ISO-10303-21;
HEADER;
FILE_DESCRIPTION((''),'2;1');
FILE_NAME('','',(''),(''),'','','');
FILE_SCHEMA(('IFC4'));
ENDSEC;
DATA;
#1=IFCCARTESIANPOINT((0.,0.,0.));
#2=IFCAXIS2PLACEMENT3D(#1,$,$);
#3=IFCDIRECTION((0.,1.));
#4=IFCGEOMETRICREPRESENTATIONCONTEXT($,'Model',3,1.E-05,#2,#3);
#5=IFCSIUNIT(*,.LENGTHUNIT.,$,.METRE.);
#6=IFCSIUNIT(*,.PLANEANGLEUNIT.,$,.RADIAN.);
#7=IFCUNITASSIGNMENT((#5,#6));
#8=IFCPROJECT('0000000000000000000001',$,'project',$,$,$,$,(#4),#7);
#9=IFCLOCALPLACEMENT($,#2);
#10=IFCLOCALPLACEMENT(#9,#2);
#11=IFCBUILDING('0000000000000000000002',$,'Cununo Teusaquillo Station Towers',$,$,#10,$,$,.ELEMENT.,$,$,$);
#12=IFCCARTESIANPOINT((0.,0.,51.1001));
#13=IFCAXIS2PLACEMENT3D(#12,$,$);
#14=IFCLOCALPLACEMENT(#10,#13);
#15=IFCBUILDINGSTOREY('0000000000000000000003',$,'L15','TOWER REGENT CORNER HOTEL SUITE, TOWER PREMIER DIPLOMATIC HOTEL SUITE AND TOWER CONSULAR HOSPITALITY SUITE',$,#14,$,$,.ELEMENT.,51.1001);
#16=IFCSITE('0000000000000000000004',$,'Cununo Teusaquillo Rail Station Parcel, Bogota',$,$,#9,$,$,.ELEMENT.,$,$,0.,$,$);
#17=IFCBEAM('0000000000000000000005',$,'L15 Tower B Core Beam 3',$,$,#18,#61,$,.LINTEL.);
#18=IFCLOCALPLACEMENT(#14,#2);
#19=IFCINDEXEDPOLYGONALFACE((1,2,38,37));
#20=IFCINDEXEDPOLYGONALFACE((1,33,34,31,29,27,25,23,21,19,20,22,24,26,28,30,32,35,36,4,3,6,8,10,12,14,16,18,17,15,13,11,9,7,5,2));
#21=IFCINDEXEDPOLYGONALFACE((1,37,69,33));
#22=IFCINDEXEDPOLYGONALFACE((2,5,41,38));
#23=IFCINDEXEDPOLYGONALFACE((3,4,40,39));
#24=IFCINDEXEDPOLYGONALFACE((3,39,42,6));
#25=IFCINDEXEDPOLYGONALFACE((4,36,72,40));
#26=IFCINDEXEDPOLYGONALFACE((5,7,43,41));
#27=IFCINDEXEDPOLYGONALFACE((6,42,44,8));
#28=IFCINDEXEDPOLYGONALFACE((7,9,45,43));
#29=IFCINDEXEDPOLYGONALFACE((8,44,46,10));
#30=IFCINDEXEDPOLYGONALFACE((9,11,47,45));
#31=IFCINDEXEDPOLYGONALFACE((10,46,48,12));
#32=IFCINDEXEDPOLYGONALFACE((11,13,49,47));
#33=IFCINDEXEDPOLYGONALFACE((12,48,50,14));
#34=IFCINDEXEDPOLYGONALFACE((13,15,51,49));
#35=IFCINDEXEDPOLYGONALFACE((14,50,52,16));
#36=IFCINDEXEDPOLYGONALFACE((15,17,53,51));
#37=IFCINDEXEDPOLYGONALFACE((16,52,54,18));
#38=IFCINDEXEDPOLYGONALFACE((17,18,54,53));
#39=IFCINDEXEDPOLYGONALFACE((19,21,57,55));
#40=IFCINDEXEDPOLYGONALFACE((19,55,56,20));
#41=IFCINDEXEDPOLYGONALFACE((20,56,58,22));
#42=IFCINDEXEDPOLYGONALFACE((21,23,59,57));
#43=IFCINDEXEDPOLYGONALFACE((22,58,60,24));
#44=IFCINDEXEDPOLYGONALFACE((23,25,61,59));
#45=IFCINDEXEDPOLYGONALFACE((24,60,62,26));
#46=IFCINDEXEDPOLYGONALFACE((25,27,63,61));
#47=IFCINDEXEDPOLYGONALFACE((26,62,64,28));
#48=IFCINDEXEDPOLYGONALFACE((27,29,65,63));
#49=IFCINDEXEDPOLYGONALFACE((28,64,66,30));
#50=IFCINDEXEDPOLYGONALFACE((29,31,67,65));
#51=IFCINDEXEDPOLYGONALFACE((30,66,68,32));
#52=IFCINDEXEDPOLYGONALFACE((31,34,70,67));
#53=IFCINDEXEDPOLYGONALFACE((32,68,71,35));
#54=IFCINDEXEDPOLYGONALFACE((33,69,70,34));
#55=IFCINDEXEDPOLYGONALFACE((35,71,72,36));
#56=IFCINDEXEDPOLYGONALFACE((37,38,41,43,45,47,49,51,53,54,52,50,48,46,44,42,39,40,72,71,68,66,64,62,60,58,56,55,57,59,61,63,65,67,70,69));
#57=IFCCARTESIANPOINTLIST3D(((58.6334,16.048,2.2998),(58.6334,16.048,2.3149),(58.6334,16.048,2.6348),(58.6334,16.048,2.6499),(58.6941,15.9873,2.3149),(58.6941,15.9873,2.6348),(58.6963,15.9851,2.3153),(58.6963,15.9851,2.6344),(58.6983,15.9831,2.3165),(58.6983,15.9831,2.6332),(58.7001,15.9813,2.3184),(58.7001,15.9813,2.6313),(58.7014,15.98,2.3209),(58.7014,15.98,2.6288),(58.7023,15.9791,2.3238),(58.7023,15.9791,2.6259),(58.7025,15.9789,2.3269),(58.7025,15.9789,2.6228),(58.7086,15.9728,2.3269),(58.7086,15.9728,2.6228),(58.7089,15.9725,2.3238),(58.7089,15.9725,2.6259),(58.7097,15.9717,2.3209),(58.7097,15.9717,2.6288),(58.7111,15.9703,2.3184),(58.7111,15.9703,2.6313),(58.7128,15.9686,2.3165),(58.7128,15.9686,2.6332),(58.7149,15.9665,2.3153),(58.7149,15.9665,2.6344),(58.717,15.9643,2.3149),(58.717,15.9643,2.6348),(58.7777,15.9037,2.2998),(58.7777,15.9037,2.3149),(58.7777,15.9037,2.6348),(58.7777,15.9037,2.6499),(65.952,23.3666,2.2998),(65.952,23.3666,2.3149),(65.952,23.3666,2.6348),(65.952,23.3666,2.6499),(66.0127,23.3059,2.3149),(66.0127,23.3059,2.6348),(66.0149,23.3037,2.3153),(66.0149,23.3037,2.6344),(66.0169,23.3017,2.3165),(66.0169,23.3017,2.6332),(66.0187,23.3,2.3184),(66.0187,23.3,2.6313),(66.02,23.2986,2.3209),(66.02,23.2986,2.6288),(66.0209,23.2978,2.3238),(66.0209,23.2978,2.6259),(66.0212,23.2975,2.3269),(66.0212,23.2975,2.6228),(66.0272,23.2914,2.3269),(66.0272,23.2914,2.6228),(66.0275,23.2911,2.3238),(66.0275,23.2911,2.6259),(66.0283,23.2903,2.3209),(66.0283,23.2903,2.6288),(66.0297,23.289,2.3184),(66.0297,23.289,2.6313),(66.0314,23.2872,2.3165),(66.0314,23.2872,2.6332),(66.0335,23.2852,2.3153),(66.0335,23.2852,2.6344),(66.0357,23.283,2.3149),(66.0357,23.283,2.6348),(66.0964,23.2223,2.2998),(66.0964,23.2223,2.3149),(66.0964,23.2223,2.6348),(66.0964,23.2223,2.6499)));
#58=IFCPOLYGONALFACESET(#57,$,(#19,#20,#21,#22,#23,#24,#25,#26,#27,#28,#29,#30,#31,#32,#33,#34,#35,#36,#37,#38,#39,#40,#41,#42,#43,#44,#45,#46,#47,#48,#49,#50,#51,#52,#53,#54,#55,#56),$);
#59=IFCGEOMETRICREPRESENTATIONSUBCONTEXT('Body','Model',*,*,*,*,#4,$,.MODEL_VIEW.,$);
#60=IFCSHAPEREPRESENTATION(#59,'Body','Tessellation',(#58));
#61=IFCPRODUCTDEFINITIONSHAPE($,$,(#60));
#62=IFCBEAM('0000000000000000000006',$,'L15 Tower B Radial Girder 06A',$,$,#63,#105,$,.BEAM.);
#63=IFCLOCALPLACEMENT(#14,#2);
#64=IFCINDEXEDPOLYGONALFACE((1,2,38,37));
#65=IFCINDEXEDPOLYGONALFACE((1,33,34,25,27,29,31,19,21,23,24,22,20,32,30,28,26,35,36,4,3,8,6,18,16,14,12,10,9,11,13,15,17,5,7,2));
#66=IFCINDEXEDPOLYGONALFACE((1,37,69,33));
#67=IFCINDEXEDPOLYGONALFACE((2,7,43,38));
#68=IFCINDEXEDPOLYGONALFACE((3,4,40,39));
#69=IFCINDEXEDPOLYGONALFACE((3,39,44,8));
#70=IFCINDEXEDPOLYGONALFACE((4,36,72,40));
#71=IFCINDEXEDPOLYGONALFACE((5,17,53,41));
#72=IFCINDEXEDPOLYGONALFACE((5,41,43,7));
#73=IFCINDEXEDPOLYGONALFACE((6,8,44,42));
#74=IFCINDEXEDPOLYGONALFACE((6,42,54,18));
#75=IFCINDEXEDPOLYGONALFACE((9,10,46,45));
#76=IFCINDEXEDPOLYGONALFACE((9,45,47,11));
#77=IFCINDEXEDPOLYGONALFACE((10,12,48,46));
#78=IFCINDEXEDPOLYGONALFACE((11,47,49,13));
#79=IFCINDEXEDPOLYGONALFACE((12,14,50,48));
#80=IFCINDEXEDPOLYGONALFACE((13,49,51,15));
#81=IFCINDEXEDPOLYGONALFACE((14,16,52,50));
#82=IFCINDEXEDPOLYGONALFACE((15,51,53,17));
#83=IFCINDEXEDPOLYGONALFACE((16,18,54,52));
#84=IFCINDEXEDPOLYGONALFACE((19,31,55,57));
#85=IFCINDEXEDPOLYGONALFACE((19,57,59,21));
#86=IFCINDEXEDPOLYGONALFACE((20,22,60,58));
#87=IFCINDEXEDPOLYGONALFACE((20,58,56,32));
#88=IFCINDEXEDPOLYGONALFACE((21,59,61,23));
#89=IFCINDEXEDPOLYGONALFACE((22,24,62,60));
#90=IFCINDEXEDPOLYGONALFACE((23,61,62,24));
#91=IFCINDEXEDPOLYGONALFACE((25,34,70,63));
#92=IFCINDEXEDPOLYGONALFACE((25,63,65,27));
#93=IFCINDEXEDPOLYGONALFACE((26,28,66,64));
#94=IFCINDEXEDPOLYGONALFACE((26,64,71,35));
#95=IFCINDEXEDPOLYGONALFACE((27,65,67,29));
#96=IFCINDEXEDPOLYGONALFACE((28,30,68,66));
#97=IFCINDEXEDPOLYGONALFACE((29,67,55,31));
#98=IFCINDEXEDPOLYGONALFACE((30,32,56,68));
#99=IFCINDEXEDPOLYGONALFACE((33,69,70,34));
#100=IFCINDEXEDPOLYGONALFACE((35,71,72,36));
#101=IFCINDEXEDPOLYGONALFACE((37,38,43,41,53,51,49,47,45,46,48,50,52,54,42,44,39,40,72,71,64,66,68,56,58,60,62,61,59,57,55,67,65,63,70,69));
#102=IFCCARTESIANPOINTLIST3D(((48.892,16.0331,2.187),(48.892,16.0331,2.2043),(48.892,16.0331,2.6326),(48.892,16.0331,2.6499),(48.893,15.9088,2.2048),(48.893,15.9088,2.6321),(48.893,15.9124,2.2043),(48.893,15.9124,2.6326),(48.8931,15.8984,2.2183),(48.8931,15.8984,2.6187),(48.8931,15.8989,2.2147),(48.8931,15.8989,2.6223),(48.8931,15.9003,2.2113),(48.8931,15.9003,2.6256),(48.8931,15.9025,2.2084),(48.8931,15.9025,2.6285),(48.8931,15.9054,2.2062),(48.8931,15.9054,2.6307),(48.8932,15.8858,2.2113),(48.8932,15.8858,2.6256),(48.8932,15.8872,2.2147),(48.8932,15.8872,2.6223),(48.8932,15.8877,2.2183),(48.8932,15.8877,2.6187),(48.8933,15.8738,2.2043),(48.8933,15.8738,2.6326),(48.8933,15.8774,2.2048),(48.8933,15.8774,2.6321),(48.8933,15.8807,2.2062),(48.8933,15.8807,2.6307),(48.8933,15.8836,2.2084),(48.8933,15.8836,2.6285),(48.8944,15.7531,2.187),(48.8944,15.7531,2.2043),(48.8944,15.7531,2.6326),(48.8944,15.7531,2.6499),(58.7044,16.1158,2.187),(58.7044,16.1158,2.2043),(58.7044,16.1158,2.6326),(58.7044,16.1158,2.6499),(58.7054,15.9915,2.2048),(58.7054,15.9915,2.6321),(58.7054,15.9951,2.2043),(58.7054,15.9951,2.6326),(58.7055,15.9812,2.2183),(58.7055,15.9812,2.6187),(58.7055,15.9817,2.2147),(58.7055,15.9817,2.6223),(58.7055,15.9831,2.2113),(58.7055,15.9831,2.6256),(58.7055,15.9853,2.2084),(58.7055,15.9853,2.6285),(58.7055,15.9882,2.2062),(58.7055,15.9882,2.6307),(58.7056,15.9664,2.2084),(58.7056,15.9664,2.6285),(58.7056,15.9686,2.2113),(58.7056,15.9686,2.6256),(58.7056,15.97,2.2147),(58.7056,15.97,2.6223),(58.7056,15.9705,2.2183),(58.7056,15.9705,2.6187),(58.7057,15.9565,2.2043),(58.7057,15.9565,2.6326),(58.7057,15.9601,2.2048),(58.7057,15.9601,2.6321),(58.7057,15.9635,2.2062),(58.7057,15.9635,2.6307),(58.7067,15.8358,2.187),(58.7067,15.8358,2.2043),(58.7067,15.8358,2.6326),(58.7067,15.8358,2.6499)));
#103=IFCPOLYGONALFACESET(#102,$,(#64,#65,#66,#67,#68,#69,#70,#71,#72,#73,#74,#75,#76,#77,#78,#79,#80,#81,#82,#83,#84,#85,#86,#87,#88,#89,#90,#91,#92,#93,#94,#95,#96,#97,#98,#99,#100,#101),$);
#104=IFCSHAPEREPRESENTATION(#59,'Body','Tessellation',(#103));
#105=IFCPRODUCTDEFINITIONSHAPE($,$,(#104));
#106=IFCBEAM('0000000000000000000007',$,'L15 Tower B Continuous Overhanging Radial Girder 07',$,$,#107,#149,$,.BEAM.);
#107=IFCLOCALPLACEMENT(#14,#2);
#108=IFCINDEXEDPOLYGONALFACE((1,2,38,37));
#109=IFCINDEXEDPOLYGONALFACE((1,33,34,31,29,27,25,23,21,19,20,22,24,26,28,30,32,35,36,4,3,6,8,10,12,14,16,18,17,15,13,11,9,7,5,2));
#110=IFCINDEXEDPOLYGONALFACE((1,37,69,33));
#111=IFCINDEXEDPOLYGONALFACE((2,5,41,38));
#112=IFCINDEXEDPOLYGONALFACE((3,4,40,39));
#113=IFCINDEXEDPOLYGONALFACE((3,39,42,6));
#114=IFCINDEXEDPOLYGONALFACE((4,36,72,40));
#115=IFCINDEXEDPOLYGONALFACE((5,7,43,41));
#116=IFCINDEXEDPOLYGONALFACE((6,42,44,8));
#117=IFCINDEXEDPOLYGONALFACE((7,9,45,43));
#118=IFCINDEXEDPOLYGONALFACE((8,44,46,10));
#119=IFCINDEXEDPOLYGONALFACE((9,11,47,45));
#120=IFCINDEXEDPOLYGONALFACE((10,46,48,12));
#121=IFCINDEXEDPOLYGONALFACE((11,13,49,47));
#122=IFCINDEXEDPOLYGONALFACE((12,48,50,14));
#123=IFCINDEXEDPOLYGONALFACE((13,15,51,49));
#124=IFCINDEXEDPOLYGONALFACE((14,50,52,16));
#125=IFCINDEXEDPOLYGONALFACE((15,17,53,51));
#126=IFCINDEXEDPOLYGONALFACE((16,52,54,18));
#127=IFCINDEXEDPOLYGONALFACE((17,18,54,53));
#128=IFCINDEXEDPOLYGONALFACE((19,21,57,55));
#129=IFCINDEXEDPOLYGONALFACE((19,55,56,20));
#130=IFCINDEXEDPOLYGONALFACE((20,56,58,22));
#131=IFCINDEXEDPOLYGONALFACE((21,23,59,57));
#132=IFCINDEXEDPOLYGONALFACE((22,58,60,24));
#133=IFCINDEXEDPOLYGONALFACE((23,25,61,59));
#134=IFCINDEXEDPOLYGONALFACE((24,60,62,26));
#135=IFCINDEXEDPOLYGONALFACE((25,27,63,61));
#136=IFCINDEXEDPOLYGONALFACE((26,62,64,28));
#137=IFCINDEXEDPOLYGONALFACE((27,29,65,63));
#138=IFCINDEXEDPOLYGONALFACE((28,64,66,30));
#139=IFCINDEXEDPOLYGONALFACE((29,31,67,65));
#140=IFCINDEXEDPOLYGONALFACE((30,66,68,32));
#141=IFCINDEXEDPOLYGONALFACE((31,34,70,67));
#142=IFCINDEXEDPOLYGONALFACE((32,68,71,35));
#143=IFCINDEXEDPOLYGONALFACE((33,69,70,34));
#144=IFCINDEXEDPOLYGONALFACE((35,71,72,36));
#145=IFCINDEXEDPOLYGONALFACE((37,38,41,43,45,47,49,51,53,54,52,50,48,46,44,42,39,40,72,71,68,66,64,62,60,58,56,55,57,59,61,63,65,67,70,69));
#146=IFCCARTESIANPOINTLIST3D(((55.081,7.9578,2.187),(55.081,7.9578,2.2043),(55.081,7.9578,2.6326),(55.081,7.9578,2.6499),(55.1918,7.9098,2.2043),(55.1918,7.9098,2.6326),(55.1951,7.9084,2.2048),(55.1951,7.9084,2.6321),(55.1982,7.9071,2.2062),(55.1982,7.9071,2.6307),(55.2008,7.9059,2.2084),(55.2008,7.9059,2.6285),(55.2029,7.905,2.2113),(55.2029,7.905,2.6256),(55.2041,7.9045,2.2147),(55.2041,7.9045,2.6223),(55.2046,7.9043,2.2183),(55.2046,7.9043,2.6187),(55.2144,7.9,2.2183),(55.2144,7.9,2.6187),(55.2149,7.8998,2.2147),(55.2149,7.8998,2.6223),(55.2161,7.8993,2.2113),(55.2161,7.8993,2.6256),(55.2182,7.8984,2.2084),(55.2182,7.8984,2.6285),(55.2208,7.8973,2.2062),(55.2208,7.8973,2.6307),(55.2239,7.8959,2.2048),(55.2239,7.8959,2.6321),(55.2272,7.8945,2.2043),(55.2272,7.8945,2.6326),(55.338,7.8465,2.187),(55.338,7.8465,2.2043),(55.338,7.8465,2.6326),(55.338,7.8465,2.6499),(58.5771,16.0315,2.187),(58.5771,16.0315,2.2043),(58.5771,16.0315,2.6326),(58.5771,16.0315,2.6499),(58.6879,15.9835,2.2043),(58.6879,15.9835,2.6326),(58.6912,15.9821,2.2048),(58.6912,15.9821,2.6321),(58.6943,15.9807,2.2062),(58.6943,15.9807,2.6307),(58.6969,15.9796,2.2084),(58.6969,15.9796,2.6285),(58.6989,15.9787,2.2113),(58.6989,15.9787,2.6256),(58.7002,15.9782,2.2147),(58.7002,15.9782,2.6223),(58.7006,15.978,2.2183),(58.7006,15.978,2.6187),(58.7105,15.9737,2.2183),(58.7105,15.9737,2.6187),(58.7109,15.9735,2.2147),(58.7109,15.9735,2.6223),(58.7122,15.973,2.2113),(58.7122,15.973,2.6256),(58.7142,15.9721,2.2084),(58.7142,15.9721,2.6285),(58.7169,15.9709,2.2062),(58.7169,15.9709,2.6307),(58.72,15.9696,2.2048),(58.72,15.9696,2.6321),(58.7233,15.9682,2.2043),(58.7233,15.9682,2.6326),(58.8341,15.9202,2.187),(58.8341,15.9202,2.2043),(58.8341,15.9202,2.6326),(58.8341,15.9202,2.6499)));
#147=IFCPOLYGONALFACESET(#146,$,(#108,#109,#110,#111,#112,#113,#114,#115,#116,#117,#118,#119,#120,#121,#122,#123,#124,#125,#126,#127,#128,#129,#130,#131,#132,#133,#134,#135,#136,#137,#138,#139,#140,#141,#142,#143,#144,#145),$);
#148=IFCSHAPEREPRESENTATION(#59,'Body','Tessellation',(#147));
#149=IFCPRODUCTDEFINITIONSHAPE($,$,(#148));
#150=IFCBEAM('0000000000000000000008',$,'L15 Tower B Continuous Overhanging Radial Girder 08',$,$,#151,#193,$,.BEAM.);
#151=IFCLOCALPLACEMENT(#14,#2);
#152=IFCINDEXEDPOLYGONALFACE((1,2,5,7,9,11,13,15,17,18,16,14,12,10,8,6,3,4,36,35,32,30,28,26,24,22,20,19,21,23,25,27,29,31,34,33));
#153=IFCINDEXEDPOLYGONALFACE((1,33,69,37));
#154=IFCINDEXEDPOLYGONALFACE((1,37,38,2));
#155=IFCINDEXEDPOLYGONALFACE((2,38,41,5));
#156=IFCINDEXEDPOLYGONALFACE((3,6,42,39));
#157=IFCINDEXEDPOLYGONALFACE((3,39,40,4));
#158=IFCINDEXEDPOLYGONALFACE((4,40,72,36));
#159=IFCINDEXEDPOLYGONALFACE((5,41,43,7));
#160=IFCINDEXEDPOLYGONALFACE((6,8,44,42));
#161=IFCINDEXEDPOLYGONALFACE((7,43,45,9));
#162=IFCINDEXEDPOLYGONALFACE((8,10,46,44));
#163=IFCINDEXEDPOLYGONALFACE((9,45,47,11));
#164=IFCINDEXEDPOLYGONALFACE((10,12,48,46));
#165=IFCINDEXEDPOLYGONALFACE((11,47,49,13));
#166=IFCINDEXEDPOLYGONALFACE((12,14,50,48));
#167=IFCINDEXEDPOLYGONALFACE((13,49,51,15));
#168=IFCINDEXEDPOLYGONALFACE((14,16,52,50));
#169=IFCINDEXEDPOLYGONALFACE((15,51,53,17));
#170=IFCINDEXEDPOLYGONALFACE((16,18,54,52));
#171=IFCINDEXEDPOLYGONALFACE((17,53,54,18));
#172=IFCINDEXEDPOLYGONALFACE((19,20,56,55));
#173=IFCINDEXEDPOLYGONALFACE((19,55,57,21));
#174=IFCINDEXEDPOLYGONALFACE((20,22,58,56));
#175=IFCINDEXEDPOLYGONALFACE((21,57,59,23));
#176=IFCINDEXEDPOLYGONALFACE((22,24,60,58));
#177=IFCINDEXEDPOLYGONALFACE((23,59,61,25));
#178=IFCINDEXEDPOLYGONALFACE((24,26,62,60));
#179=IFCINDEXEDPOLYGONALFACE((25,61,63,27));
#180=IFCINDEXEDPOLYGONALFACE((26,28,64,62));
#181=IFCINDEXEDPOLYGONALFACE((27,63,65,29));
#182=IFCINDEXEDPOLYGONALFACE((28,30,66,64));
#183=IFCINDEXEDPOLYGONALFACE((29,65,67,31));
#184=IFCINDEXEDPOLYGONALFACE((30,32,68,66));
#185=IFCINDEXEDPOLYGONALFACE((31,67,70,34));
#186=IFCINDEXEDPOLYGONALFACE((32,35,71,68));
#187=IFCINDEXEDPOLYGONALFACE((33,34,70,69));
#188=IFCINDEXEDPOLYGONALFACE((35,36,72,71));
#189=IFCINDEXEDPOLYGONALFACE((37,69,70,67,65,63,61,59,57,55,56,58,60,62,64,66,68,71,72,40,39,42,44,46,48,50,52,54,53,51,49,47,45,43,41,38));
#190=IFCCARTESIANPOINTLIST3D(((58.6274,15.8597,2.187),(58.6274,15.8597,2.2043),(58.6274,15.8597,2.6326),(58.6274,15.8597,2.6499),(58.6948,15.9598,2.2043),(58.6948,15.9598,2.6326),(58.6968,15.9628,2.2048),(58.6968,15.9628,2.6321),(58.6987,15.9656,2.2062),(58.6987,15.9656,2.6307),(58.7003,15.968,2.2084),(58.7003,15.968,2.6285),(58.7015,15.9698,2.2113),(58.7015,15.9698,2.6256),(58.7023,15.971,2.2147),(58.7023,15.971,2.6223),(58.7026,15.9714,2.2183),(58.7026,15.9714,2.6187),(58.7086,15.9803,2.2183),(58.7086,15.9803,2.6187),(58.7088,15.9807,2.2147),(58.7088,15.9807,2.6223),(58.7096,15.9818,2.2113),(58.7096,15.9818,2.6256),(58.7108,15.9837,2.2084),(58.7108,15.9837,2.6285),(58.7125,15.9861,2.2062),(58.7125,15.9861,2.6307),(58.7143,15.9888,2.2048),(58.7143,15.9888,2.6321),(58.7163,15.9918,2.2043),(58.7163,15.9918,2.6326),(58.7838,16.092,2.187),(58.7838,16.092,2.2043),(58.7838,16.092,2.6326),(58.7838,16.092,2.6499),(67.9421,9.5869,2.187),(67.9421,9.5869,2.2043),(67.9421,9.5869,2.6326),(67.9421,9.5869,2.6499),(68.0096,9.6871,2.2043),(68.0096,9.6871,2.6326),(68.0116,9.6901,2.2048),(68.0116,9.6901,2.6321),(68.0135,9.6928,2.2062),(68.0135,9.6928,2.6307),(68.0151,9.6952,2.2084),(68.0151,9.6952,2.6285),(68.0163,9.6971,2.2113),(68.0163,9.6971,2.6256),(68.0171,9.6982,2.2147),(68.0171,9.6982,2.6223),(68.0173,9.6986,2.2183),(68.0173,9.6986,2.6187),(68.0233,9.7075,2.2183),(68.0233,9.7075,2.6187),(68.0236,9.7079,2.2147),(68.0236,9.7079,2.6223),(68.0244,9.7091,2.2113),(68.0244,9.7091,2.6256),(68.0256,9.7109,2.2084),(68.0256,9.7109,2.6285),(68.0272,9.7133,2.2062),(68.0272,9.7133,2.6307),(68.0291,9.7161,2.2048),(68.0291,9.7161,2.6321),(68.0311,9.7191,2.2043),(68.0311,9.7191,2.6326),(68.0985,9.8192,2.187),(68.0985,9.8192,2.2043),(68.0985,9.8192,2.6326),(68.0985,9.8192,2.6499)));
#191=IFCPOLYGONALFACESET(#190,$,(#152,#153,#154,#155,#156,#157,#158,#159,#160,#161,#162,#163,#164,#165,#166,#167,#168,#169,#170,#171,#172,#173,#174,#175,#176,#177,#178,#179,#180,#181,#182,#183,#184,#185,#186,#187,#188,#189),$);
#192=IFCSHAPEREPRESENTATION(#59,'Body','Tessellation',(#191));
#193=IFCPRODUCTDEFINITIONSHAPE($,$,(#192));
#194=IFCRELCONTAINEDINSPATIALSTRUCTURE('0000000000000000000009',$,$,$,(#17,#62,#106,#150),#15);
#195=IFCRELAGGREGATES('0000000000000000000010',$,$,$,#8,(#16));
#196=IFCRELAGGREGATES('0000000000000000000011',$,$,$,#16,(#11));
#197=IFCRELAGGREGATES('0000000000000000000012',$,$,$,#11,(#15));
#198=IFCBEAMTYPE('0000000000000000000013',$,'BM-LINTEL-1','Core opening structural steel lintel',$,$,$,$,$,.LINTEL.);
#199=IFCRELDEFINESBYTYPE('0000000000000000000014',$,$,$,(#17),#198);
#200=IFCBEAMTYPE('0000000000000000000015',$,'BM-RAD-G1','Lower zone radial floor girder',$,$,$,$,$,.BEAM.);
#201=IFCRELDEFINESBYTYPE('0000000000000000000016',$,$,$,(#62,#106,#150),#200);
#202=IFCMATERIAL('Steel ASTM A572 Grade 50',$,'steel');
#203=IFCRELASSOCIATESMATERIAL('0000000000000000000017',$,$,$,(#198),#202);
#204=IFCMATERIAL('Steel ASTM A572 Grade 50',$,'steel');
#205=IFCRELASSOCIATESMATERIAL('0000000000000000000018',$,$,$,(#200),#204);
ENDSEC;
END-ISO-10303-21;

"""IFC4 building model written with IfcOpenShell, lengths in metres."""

from ifc_helpers import new_model, si_unit, direction, frame, origin, origin_2d, place, context, subcontext, project, spatial, i_section, extrude, material, material_profile, profile_set, type_object, element, save


model = new_model("IFC4")

# Units and contexts
model_context = context("Model", 3, precision=1e-05, world=origin(), true_north=direction((0.0, 1.0)))
body_context = subcontext(model_context, "Body", "Model", "MODEL_VIEW")
ifc_project = project(units=[si_unit("LENGTHUNIT", "METRE"), si_unit("PLANEANGLEUNIT", "RADIAN")], contexts=[model_context])

# Site, building, storey
site_placement = place(None, origin())
site = spatial("IfcSite", under=ifc_project, at=site_placement, Name="Cununo Teusaquillo Rail Station Parcel, Bogota", CompositionType="ELEMENT", RefElevation=0.0)
building_placement = place(site_placement, origin())
building = spatial("IfcBuilding", under=site, at=building_placement, Name="Cununo Teusaquillo Station Towers", CompositionType="ELEMENT")
storey_placement = place(building_placement, frame((0.0, 0.0, 51.1001)))
storey = spatial("IfcBuildingStorey", under=building, at=storey_placement, Name="L15", Description="TOWER REGENT CORNER HOTEL SUITE, TOWER PREMIER DIPLOMATIC HOTEL SUITE AND TOWER CONSULAR HOSPITALITY SUITE", CompositionType="ELEMENT", Elevation=51.1001)

# Beams
ifc_material_1 = material(Name="Steel ASTM A572 Grade 50", Category="steel")
ifc_material_profile_1 = material_profile(ifc_material_1, i_section(OverallWidth=0.2041, OverallDepth=0.3501, WebThickness=0.0085, FlangeThickness=0.0151, FilletRadius=0.012, at=origin_2d()), Name="W14X48")
ifc_profile_set_1 = profile_set([ifc_material_profile_1], Name="Steel ASTM A572 Grade 50")
beam_type_1 = type_object("IfcBeamType", Name="BM-LINTEL-1", Description="Core opening structural steel lintel", PredefinedType="LINTEL", material=ifc_profile_set_1)
beam_1_placement = place(storey_placement, frame((58.7056, 15.9758, 2.4749), z_axis=(0.707107, 0.707107, 0.0), x_axis=(-0.707107, 0.707107, 0.0)))
element("IfcBeam", 1, at=beam_1_placement, inside=storey, type_object=beam_type_1, Name="L15 Tower B Core Beam 3", PredefinedType="LINTEL", context=body_context, shape_type="SweptSolid", body=[
    extrude(i_section(OverallWidth=0.2041, OverallDepth=0.3501, WebThickness=0.0085, FlangeThickness=0.0151, FilletRadius=0.012, at=origin_2d()), origin(), (0.0, 0.0, 1.0), 10.3501),
])
ifc_material_2 = material(Name="Steel ASTM A572 Grade 50", Category="steel")
ifc_material_profile_2 = material_profile(ifc_material_2, i_section(OverallWidth=0.28, OverallDepth=0.4629, WebThickness=0.0107, FlangeThickness=0.0173, FilletRadius=0.0139, at=origin_2d()), Name="W18X76")
ifc_profile_set_2 = profile_set([ifc_material_profile_2], Name="Steel ASTM A572 Grade 50")
beam_type_2 = type_object("IfcBeamType", Name="BM-RAD-G1", Description="Lower zone radial floor girder", PredefinedType="BEAM", material=ifc_profile_set_2)
beam_2_placement = place(storey_placement, frame((58.7056, 15.9758, 2.4185), z_axis=(-0.999964, -0.008434, 0.0), x_axis=(0.008434, -0.999964, 0.0)))
element("IfcBeam", 2, at=beam_2_placement, inside=storey, type_object=beam_type_2, Name="L15 Tower B Radial Girder 06A", PredefinedType="BEAM", context=body_context, shape_type="SweptSolid", body=[
    extrude(i_section(OverallWidth=0.28, OverallDepth=0.4629, WebThickness=0.0107, FlangeThickness=0.0173, FilletRadius=0.0139, at=origin_2d()), origin(), (0.0, 0.0, 1.0), 9.8127),
])
beam_3_placement = place(storey_placement, frame((58.7056, 15.9758, 2.4185), z_axis=(-0.397366, -0.91766, 0.0), x_axis=(0.91766, -0.397366, 0.0)))
element("IfcBeam", 3, at=beam_3_placement, inside=storey, type_object=beam_type_2, Name="L15 Tower B Continuous Overhanging Radial Girder 07", PredefinedType="BEAM", context=body_context, shape_type="SweptSolid", body=[
    extrude(i_section(OverallWidth=0.28, OverallDepth=0.4629, WebThickness=0.0107, FlangeThickness=0.0173, FilletRadius=0.0139, at=origin_2d()), origin(), (0.0, 0.0, 1.0), 8.7981),
])
beam_4_placement = place(storey_placement, frame((58.7056, 15.9758, 2.4185), z_axis=(0.829456, -0.558572, 0.0), x_axis=(0.558572, 0.829456, 0.0)))
element("IfcBeam", 4, at=beam_4_placement, inside=storey, type_object=beam_type_2, Name="L15 Tower B Continuous Overhanging Radial Girder 08", PredefinedType="BEAM", context=body_context, shape_type="SweptSolid", body=[
    extrude(i_section(OverallWidth=0.28, OverallDepth=0.4629, WebThickness=0.0107, FlangeThickness=0.0173, FilletRadius=0.0139, at=origin_2d()), origin(), (0.0, 0.0, 1.0), 11.23),
])

save(model, "model.ifc")
